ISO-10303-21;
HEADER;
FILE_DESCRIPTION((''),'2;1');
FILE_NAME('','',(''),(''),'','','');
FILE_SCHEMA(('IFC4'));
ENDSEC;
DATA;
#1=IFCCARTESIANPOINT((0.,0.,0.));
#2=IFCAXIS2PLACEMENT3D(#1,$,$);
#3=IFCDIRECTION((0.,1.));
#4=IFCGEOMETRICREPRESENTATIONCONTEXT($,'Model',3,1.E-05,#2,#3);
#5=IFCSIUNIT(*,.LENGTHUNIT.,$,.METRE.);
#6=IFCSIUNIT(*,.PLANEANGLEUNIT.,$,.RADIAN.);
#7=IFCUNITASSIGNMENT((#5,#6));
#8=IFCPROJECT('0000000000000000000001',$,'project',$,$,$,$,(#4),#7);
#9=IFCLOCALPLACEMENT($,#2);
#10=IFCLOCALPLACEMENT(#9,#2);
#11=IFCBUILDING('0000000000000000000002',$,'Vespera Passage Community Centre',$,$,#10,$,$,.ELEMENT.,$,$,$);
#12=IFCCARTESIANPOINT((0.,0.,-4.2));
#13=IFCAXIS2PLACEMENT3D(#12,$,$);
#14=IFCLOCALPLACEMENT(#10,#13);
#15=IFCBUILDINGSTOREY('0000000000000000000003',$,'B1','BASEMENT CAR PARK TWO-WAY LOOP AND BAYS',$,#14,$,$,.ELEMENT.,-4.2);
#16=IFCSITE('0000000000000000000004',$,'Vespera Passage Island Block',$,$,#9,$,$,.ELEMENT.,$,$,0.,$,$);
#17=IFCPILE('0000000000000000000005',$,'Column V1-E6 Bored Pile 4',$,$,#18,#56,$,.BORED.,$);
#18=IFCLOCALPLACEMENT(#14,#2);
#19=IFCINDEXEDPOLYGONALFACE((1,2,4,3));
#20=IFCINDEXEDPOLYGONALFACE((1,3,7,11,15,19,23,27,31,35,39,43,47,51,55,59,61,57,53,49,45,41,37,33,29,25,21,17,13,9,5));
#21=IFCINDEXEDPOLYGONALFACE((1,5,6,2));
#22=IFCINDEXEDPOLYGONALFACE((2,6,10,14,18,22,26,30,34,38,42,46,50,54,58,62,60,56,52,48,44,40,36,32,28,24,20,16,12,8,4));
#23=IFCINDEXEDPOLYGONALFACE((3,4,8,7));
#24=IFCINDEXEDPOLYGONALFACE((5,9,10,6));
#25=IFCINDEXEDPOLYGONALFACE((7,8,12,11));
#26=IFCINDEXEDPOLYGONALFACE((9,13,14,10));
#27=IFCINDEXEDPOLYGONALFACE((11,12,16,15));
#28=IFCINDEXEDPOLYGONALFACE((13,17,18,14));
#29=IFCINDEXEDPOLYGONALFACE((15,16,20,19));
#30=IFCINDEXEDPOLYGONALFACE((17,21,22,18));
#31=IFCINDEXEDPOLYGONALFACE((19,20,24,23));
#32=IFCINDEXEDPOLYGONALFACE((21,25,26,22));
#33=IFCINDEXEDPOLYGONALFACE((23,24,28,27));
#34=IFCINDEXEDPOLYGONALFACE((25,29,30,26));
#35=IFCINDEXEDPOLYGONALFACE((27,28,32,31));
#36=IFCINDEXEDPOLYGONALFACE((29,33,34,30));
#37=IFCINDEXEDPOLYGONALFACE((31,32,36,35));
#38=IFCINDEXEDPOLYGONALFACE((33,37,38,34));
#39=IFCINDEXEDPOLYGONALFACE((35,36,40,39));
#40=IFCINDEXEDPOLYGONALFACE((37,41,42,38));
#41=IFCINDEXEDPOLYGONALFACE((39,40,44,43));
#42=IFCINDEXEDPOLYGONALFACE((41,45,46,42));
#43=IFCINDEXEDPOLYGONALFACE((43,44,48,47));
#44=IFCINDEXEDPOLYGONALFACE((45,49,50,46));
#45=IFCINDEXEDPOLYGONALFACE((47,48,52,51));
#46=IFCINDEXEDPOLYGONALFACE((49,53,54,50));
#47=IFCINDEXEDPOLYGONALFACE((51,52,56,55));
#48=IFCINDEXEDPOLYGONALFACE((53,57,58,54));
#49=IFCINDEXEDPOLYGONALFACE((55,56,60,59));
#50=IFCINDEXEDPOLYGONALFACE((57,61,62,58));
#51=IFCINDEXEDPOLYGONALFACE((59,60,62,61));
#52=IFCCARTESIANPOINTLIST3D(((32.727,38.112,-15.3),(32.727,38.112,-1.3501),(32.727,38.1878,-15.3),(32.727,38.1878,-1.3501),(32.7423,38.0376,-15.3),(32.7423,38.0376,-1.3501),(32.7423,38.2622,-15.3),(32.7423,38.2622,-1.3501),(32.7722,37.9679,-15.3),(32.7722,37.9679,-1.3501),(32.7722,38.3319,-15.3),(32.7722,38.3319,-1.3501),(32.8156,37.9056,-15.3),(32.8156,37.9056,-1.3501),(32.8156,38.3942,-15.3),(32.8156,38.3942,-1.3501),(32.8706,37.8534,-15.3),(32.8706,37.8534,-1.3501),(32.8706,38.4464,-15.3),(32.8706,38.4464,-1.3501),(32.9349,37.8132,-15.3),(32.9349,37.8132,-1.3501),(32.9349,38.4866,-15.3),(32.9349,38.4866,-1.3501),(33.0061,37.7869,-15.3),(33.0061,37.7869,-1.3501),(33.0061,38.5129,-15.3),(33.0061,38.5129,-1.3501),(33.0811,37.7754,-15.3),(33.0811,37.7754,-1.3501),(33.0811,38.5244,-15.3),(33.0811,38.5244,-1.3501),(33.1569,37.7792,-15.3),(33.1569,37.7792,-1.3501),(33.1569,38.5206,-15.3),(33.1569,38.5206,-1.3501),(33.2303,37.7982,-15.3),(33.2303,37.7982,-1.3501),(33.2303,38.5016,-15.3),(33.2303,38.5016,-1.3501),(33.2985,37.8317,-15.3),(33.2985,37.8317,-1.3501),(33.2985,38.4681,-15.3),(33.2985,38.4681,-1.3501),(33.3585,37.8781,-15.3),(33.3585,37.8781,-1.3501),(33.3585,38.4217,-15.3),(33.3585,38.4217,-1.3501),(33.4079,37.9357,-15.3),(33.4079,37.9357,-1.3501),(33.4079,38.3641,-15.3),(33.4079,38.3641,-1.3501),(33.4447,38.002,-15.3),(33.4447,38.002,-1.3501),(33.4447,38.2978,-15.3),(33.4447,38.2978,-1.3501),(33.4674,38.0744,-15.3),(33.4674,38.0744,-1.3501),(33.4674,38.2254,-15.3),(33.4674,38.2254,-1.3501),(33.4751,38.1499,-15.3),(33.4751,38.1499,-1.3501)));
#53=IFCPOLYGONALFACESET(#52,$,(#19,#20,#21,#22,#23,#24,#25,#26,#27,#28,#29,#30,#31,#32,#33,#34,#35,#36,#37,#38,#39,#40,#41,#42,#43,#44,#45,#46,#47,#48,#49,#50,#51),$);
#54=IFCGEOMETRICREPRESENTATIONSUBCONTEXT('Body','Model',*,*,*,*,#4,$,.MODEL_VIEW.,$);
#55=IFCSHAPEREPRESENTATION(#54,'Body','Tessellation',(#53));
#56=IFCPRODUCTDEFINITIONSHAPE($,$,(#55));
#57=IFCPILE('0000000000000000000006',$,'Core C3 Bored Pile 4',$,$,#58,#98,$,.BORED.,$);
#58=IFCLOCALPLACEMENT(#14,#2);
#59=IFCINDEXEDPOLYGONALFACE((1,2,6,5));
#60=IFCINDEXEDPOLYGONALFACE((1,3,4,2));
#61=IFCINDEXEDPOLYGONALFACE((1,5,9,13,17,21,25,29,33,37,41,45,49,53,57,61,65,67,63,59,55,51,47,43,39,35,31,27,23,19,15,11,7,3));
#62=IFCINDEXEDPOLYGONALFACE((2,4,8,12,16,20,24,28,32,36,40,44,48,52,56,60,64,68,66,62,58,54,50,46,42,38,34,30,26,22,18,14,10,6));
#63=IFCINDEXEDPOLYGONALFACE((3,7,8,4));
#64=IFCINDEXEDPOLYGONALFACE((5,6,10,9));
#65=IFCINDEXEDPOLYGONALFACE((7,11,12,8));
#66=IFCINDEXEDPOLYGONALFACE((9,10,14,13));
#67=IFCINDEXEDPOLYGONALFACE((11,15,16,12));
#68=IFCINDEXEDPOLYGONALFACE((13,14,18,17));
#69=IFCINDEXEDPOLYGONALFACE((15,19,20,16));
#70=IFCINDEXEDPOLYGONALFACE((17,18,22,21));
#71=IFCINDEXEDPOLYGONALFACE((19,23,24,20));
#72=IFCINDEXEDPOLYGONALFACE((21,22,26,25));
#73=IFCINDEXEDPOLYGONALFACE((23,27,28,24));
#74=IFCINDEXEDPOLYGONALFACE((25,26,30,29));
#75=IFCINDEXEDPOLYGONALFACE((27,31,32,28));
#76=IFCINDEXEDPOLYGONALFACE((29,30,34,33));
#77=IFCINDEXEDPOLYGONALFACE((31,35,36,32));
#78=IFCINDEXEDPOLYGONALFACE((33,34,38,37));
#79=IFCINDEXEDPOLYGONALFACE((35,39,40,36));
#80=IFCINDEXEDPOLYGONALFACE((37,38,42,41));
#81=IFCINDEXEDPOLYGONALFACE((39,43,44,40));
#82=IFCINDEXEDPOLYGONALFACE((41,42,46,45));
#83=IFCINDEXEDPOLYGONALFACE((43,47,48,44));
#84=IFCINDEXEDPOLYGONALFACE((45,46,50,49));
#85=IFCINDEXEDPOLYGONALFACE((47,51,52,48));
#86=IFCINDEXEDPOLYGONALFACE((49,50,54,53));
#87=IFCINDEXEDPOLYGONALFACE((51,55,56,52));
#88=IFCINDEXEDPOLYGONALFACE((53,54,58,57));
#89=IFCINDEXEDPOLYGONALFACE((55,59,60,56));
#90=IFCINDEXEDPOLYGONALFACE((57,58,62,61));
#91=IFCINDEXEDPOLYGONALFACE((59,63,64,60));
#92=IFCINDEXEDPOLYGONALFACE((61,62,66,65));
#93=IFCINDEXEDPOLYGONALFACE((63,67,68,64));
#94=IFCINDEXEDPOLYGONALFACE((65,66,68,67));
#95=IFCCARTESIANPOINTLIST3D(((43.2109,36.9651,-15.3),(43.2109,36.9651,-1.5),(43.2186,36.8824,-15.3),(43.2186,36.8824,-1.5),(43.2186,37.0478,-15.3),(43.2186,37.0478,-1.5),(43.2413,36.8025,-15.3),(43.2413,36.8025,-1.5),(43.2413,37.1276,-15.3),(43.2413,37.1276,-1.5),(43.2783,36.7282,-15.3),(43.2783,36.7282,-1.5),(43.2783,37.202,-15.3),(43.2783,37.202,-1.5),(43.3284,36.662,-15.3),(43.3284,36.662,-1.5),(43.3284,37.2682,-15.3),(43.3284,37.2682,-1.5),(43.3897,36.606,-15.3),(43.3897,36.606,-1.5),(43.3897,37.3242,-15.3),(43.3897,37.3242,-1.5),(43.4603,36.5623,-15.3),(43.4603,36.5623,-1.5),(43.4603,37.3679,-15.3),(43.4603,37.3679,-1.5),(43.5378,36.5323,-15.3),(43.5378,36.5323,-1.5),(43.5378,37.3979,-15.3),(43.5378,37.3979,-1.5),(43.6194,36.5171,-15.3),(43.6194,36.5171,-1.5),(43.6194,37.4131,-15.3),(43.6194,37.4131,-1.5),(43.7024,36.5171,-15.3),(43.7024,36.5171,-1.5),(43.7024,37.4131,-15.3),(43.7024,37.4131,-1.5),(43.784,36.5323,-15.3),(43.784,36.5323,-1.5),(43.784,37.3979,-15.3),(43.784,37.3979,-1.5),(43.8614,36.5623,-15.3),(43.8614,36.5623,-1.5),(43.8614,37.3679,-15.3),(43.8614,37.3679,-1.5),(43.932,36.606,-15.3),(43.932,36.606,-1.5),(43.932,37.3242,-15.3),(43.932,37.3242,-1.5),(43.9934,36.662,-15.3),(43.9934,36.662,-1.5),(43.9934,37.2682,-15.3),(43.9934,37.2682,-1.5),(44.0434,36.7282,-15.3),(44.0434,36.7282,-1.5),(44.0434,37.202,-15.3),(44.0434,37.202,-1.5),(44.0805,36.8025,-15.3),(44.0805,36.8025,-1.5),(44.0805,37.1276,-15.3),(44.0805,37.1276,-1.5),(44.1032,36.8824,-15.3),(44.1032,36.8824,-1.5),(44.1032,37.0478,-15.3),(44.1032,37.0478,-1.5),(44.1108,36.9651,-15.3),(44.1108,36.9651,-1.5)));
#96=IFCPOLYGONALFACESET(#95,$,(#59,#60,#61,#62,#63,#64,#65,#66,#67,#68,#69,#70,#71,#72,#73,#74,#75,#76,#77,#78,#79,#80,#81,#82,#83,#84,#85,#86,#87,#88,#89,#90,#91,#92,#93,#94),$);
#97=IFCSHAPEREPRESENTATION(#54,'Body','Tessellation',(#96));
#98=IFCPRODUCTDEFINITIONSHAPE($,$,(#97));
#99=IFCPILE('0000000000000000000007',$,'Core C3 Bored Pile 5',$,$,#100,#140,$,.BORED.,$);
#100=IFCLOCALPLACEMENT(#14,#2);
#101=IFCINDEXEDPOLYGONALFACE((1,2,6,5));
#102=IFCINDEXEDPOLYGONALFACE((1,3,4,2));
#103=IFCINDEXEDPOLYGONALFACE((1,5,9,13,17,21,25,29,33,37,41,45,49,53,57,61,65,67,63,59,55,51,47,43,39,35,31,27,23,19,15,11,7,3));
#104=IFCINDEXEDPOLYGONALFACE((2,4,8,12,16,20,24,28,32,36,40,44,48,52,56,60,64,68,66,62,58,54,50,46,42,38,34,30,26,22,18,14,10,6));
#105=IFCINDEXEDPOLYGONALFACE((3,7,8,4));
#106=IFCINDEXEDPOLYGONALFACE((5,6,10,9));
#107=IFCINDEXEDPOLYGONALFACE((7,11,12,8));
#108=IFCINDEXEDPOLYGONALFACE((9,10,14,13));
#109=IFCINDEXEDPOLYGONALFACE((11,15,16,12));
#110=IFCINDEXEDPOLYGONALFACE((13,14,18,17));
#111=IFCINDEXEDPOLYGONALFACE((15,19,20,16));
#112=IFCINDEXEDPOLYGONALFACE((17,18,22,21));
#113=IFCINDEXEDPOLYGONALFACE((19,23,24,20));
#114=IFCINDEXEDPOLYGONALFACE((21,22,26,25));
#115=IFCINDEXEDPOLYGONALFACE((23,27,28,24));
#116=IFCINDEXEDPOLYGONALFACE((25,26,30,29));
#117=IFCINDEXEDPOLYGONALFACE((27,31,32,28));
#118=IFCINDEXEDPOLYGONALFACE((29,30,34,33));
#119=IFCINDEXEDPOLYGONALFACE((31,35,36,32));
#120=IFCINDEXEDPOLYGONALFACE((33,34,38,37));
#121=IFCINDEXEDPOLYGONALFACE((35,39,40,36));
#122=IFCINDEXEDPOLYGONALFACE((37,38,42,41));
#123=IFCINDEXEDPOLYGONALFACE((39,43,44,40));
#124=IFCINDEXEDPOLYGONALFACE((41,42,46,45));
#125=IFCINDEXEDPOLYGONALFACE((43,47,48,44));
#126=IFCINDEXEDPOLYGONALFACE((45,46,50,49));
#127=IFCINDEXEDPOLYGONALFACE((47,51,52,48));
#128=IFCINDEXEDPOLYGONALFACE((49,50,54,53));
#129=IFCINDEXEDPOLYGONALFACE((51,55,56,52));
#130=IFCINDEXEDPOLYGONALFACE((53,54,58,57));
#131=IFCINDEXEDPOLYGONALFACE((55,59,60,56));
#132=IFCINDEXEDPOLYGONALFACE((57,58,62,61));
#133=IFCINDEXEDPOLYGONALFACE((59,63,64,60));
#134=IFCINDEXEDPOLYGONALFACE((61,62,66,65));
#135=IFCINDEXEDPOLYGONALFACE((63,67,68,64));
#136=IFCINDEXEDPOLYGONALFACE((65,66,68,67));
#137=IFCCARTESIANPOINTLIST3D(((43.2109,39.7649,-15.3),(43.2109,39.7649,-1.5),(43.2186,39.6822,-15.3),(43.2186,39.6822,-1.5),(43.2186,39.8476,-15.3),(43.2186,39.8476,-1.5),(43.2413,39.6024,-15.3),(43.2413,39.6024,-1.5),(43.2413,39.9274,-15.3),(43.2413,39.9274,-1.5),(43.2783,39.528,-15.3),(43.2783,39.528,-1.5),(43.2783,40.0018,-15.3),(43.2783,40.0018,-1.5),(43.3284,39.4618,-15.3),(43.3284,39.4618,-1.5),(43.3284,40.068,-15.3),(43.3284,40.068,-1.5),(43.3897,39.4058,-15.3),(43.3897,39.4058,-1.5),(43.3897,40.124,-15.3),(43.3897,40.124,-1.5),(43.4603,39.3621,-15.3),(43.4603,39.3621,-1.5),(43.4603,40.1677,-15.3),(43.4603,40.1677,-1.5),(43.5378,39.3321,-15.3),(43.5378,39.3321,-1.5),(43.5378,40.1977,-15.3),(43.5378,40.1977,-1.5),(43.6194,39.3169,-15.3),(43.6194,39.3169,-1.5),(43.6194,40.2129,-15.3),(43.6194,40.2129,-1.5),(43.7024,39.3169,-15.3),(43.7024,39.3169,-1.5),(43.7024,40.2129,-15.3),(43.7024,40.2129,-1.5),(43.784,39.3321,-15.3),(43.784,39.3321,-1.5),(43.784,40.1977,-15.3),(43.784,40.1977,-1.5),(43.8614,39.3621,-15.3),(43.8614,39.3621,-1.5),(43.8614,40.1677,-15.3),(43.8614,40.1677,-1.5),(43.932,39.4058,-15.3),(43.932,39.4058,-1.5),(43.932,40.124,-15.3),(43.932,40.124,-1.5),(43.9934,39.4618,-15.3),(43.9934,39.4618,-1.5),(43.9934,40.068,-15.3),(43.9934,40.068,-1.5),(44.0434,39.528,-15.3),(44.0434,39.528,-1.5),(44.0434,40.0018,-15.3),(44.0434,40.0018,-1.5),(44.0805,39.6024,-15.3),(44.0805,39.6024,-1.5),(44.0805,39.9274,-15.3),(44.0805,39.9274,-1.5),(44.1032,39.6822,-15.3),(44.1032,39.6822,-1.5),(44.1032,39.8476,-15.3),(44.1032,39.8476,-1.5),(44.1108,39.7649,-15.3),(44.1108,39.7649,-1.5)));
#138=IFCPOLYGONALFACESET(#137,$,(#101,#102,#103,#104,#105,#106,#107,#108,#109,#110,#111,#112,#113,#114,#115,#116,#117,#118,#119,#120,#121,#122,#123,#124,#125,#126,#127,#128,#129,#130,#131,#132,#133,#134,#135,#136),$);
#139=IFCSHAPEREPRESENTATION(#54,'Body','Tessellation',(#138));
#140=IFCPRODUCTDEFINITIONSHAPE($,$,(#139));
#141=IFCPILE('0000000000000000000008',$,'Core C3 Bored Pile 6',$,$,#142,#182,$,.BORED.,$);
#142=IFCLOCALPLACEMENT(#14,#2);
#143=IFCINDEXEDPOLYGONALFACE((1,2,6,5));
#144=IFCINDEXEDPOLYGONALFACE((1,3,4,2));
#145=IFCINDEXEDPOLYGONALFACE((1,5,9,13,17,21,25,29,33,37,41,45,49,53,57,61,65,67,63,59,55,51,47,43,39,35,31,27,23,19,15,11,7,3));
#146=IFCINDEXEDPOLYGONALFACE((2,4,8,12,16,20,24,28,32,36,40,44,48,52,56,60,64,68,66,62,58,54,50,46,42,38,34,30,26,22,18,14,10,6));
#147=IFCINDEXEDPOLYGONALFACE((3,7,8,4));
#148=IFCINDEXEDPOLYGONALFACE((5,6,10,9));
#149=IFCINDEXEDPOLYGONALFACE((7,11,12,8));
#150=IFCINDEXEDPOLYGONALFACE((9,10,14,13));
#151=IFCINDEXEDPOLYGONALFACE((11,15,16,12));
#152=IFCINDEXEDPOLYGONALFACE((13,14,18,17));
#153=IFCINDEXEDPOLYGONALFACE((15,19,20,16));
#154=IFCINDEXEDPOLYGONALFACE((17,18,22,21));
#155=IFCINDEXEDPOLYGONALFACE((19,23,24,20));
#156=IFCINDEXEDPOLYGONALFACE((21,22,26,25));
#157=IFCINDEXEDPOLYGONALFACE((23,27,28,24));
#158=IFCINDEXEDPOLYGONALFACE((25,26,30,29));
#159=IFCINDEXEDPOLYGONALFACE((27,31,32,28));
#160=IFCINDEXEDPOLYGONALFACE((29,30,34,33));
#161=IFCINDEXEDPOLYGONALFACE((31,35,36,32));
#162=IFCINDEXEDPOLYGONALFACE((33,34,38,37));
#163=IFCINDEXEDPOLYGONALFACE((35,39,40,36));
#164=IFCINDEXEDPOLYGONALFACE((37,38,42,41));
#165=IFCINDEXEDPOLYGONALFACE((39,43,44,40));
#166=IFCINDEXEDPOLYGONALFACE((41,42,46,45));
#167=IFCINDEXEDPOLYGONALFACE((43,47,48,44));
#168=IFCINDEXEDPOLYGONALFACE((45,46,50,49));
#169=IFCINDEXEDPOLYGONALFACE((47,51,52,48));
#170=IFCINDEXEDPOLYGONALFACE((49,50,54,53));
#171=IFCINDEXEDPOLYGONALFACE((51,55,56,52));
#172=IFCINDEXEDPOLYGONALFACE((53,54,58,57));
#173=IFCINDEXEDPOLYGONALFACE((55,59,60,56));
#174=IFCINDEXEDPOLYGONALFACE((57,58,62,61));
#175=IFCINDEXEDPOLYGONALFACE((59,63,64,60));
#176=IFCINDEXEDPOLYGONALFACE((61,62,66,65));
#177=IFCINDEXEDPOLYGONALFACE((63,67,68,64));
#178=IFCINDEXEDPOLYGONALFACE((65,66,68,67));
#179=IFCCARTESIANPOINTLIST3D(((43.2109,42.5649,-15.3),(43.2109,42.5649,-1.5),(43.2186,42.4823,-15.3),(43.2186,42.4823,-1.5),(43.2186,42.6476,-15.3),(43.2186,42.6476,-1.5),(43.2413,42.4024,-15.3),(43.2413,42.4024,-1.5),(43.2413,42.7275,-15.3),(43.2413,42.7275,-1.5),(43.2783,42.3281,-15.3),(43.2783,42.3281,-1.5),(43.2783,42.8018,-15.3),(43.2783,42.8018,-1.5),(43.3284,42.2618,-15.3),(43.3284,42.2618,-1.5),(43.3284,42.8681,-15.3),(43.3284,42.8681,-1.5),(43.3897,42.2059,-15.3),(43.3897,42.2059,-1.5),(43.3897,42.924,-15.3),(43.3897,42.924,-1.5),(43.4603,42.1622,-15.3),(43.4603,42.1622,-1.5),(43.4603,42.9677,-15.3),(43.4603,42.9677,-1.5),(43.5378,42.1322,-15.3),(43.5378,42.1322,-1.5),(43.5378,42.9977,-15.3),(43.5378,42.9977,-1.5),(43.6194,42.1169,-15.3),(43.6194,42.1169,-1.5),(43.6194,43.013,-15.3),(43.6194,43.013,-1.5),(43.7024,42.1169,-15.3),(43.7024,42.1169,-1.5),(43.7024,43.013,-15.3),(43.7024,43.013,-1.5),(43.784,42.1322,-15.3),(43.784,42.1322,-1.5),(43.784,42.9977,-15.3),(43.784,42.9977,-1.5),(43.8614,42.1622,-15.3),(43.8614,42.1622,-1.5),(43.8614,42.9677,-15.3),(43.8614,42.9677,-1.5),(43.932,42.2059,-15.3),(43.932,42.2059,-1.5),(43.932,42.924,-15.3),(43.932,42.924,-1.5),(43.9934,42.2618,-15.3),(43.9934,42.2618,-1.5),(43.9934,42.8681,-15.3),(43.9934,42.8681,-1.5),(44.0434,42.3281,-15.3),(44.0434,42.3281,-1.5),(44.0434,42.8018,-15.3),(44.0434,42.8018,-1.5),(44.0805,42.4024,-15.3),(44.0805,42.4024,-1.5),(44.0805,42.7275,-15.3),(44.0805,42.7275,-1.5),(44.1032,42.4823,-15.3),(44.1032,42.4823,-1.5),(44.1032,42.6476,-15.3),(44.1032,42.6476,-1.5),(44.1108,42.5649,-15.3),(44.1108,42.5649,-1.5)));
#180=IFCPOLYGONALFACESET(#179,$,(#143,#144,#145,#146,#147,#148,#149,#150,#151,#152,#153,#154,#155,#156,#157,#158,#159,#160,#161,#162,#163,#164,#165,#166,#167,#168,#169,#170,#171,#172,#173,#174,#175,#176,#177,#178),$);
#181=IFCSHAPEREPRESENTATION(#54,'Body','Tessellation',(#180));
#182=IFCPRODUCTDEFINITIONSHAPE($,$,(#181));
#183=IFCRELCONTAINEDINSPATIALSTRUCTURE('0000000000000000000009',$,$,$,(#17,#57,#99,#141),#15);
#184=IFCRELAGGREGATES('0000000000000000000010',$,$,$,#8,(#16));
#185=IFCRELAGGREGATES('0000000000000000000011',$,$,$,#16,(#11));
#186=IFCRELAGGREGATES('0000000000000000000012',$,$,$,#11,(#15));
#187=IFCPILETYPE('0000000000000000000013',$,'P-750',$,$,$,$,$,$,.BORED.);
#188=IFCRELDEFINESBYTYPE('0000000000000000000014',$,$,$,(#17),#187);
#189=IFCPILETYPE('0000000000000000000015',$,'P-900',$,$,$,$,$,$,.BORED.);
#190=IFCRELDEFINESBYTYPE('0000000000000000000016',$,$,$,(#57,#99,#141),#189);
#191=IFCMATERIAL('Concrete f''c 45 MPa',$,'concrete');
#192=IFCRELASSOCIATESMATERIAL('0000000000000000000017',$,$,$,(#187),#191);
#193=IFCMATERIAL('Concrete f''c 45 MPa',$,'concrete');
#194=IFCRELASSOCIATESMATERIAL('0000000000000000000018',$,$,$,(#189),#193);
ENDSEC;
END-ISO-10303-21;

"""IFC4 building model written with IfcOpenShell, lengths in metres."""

from ifc_helpers import new_model, si_unit, direction, frame, origin, origin_2d, place, context, subcontext, project, spatial, circle, extrude, material, material_profile, profile_set, type_object, element, save


model = new_model("IFC4")

# Units and contexts
model_context = context("Model", 3, precision=1e-05, world=origin(), true_north=direction((0.0, 1.0)))
body_context = subcontext(model_context, "Body", "Model", "MODEL_VIEW")
ifc_project = project(units=[si_unit("LENGTHUNIT", "METRE"), si_unit("PLANEANGLEUNIT", "RADIAN")], contexts=[model_context])

# Site, building, storey
site_placement = place(None, origin())
site = spatial("IfcSite", under=ifc_project, at=site_placement, Name="Vespera Passage Island Block", CompositionType="ELEMENT", RefElevation=0.0)
building_placement = place(site_placement, origin())
building = spatial("IfcBuilding", under=site, at=building_placement, Name="Vespera Passage Community Centre", CompositionType="ELEMENT")
storey_placement = place(building_placement, frame((0.0, 0.0, -4.2)))
storey = spatial("IfcBuildingStorey", under=building, at=storey_placement, Name="B1", Description="BASEMENT CAR PARK TWO-WAY LOOP AND BAYS", CompositionType="ELEMENT", Elevation=-4.2)

# Piles
ifc_material_1 = material(Name="Concrete f'c 45 MPa", Category="concrete")
ifc_material_profile_1 = material_profile(ifc_material_1, circle(Radius=0.375, at=origin_2d()), Name="PILE750DIA")
ifc_profile_set_1 = profile_set([ifc_material_profile_1], Name="Concrete f'c 45 MPa")
pile_type_1 = type_object("IfcPileType", Name="P-750", PredefinedType="BORED", material=ifc_profile_set_1)
pile_1_placement = place(storey_placement, frame((33.1001, 38.1499, -1.3501), z_axis=(0.0, 0.0, -1.0), x_axis=(1.0, 0.0, 0.0)))
element("IfcPile", 1, at=pile_1_placement, inside=storey, type_object=pile_type_1, Name="Column V1-E6 Bored Pile 4", PredefinedType="BORED", context=body_context, shape_type="SweptSolid", body=[
    extrude(circle(Radius=0.375, at=origin_2d()), origin(), (0.0, 0.0, 1.0), 13.95),
])
ifc_material_2 = material(Name="Concrete f'c 45 MPa", Category="concrete")
ifc_material_profile_2 = material_profile(ifc_material_2, circle(Radius=0.45, at=origin_2d()), Name="PILE900DIA")
ifc_profile_set_2 = profile_set([ifc_material_profile_2], Name="Concrete f'c 45 MPa")
pile_type_2 = type_object("IfcPileType", Name="P-900", PredefinedType="BORED", material=ifc_profile_set_2)
for number, where, z_axis, x_axis, name in (
    (2, (43.6609, 36.9651, -1.5), (0.0, 0.0, -1.0), (1.0, 0.0, 0.0), "Core C3 Bored Pile 4"),
    (3, (43.6609, 39.7649, -1.5), (0.0, 0.0, -1.0), (1.0, 0.0, 0.0), "Core C3 Bored Pile 5"),
    (4, (43.6609, 42.5649, -1.5), (0.0, 0.0, -1.0), (1.0, 0.0, 0.0), "Core C3 Bored Pile 6"),
):
    element("IfcPile", number, at=place(storey_placement, frame(where, z_axis=z_axis, x_axis=x_axis)), inside=storey, type_object=pile_type_2, Name=name, PredefinedType="BORED", context=body_context, shape_type="SweptSolid", body=[
        extrude(circle(Radius=0.45, at=origin_2d()), origin(), (0.0, 0.0, 1.0), 13.8),
    ])

save(model, "model.ifc")
